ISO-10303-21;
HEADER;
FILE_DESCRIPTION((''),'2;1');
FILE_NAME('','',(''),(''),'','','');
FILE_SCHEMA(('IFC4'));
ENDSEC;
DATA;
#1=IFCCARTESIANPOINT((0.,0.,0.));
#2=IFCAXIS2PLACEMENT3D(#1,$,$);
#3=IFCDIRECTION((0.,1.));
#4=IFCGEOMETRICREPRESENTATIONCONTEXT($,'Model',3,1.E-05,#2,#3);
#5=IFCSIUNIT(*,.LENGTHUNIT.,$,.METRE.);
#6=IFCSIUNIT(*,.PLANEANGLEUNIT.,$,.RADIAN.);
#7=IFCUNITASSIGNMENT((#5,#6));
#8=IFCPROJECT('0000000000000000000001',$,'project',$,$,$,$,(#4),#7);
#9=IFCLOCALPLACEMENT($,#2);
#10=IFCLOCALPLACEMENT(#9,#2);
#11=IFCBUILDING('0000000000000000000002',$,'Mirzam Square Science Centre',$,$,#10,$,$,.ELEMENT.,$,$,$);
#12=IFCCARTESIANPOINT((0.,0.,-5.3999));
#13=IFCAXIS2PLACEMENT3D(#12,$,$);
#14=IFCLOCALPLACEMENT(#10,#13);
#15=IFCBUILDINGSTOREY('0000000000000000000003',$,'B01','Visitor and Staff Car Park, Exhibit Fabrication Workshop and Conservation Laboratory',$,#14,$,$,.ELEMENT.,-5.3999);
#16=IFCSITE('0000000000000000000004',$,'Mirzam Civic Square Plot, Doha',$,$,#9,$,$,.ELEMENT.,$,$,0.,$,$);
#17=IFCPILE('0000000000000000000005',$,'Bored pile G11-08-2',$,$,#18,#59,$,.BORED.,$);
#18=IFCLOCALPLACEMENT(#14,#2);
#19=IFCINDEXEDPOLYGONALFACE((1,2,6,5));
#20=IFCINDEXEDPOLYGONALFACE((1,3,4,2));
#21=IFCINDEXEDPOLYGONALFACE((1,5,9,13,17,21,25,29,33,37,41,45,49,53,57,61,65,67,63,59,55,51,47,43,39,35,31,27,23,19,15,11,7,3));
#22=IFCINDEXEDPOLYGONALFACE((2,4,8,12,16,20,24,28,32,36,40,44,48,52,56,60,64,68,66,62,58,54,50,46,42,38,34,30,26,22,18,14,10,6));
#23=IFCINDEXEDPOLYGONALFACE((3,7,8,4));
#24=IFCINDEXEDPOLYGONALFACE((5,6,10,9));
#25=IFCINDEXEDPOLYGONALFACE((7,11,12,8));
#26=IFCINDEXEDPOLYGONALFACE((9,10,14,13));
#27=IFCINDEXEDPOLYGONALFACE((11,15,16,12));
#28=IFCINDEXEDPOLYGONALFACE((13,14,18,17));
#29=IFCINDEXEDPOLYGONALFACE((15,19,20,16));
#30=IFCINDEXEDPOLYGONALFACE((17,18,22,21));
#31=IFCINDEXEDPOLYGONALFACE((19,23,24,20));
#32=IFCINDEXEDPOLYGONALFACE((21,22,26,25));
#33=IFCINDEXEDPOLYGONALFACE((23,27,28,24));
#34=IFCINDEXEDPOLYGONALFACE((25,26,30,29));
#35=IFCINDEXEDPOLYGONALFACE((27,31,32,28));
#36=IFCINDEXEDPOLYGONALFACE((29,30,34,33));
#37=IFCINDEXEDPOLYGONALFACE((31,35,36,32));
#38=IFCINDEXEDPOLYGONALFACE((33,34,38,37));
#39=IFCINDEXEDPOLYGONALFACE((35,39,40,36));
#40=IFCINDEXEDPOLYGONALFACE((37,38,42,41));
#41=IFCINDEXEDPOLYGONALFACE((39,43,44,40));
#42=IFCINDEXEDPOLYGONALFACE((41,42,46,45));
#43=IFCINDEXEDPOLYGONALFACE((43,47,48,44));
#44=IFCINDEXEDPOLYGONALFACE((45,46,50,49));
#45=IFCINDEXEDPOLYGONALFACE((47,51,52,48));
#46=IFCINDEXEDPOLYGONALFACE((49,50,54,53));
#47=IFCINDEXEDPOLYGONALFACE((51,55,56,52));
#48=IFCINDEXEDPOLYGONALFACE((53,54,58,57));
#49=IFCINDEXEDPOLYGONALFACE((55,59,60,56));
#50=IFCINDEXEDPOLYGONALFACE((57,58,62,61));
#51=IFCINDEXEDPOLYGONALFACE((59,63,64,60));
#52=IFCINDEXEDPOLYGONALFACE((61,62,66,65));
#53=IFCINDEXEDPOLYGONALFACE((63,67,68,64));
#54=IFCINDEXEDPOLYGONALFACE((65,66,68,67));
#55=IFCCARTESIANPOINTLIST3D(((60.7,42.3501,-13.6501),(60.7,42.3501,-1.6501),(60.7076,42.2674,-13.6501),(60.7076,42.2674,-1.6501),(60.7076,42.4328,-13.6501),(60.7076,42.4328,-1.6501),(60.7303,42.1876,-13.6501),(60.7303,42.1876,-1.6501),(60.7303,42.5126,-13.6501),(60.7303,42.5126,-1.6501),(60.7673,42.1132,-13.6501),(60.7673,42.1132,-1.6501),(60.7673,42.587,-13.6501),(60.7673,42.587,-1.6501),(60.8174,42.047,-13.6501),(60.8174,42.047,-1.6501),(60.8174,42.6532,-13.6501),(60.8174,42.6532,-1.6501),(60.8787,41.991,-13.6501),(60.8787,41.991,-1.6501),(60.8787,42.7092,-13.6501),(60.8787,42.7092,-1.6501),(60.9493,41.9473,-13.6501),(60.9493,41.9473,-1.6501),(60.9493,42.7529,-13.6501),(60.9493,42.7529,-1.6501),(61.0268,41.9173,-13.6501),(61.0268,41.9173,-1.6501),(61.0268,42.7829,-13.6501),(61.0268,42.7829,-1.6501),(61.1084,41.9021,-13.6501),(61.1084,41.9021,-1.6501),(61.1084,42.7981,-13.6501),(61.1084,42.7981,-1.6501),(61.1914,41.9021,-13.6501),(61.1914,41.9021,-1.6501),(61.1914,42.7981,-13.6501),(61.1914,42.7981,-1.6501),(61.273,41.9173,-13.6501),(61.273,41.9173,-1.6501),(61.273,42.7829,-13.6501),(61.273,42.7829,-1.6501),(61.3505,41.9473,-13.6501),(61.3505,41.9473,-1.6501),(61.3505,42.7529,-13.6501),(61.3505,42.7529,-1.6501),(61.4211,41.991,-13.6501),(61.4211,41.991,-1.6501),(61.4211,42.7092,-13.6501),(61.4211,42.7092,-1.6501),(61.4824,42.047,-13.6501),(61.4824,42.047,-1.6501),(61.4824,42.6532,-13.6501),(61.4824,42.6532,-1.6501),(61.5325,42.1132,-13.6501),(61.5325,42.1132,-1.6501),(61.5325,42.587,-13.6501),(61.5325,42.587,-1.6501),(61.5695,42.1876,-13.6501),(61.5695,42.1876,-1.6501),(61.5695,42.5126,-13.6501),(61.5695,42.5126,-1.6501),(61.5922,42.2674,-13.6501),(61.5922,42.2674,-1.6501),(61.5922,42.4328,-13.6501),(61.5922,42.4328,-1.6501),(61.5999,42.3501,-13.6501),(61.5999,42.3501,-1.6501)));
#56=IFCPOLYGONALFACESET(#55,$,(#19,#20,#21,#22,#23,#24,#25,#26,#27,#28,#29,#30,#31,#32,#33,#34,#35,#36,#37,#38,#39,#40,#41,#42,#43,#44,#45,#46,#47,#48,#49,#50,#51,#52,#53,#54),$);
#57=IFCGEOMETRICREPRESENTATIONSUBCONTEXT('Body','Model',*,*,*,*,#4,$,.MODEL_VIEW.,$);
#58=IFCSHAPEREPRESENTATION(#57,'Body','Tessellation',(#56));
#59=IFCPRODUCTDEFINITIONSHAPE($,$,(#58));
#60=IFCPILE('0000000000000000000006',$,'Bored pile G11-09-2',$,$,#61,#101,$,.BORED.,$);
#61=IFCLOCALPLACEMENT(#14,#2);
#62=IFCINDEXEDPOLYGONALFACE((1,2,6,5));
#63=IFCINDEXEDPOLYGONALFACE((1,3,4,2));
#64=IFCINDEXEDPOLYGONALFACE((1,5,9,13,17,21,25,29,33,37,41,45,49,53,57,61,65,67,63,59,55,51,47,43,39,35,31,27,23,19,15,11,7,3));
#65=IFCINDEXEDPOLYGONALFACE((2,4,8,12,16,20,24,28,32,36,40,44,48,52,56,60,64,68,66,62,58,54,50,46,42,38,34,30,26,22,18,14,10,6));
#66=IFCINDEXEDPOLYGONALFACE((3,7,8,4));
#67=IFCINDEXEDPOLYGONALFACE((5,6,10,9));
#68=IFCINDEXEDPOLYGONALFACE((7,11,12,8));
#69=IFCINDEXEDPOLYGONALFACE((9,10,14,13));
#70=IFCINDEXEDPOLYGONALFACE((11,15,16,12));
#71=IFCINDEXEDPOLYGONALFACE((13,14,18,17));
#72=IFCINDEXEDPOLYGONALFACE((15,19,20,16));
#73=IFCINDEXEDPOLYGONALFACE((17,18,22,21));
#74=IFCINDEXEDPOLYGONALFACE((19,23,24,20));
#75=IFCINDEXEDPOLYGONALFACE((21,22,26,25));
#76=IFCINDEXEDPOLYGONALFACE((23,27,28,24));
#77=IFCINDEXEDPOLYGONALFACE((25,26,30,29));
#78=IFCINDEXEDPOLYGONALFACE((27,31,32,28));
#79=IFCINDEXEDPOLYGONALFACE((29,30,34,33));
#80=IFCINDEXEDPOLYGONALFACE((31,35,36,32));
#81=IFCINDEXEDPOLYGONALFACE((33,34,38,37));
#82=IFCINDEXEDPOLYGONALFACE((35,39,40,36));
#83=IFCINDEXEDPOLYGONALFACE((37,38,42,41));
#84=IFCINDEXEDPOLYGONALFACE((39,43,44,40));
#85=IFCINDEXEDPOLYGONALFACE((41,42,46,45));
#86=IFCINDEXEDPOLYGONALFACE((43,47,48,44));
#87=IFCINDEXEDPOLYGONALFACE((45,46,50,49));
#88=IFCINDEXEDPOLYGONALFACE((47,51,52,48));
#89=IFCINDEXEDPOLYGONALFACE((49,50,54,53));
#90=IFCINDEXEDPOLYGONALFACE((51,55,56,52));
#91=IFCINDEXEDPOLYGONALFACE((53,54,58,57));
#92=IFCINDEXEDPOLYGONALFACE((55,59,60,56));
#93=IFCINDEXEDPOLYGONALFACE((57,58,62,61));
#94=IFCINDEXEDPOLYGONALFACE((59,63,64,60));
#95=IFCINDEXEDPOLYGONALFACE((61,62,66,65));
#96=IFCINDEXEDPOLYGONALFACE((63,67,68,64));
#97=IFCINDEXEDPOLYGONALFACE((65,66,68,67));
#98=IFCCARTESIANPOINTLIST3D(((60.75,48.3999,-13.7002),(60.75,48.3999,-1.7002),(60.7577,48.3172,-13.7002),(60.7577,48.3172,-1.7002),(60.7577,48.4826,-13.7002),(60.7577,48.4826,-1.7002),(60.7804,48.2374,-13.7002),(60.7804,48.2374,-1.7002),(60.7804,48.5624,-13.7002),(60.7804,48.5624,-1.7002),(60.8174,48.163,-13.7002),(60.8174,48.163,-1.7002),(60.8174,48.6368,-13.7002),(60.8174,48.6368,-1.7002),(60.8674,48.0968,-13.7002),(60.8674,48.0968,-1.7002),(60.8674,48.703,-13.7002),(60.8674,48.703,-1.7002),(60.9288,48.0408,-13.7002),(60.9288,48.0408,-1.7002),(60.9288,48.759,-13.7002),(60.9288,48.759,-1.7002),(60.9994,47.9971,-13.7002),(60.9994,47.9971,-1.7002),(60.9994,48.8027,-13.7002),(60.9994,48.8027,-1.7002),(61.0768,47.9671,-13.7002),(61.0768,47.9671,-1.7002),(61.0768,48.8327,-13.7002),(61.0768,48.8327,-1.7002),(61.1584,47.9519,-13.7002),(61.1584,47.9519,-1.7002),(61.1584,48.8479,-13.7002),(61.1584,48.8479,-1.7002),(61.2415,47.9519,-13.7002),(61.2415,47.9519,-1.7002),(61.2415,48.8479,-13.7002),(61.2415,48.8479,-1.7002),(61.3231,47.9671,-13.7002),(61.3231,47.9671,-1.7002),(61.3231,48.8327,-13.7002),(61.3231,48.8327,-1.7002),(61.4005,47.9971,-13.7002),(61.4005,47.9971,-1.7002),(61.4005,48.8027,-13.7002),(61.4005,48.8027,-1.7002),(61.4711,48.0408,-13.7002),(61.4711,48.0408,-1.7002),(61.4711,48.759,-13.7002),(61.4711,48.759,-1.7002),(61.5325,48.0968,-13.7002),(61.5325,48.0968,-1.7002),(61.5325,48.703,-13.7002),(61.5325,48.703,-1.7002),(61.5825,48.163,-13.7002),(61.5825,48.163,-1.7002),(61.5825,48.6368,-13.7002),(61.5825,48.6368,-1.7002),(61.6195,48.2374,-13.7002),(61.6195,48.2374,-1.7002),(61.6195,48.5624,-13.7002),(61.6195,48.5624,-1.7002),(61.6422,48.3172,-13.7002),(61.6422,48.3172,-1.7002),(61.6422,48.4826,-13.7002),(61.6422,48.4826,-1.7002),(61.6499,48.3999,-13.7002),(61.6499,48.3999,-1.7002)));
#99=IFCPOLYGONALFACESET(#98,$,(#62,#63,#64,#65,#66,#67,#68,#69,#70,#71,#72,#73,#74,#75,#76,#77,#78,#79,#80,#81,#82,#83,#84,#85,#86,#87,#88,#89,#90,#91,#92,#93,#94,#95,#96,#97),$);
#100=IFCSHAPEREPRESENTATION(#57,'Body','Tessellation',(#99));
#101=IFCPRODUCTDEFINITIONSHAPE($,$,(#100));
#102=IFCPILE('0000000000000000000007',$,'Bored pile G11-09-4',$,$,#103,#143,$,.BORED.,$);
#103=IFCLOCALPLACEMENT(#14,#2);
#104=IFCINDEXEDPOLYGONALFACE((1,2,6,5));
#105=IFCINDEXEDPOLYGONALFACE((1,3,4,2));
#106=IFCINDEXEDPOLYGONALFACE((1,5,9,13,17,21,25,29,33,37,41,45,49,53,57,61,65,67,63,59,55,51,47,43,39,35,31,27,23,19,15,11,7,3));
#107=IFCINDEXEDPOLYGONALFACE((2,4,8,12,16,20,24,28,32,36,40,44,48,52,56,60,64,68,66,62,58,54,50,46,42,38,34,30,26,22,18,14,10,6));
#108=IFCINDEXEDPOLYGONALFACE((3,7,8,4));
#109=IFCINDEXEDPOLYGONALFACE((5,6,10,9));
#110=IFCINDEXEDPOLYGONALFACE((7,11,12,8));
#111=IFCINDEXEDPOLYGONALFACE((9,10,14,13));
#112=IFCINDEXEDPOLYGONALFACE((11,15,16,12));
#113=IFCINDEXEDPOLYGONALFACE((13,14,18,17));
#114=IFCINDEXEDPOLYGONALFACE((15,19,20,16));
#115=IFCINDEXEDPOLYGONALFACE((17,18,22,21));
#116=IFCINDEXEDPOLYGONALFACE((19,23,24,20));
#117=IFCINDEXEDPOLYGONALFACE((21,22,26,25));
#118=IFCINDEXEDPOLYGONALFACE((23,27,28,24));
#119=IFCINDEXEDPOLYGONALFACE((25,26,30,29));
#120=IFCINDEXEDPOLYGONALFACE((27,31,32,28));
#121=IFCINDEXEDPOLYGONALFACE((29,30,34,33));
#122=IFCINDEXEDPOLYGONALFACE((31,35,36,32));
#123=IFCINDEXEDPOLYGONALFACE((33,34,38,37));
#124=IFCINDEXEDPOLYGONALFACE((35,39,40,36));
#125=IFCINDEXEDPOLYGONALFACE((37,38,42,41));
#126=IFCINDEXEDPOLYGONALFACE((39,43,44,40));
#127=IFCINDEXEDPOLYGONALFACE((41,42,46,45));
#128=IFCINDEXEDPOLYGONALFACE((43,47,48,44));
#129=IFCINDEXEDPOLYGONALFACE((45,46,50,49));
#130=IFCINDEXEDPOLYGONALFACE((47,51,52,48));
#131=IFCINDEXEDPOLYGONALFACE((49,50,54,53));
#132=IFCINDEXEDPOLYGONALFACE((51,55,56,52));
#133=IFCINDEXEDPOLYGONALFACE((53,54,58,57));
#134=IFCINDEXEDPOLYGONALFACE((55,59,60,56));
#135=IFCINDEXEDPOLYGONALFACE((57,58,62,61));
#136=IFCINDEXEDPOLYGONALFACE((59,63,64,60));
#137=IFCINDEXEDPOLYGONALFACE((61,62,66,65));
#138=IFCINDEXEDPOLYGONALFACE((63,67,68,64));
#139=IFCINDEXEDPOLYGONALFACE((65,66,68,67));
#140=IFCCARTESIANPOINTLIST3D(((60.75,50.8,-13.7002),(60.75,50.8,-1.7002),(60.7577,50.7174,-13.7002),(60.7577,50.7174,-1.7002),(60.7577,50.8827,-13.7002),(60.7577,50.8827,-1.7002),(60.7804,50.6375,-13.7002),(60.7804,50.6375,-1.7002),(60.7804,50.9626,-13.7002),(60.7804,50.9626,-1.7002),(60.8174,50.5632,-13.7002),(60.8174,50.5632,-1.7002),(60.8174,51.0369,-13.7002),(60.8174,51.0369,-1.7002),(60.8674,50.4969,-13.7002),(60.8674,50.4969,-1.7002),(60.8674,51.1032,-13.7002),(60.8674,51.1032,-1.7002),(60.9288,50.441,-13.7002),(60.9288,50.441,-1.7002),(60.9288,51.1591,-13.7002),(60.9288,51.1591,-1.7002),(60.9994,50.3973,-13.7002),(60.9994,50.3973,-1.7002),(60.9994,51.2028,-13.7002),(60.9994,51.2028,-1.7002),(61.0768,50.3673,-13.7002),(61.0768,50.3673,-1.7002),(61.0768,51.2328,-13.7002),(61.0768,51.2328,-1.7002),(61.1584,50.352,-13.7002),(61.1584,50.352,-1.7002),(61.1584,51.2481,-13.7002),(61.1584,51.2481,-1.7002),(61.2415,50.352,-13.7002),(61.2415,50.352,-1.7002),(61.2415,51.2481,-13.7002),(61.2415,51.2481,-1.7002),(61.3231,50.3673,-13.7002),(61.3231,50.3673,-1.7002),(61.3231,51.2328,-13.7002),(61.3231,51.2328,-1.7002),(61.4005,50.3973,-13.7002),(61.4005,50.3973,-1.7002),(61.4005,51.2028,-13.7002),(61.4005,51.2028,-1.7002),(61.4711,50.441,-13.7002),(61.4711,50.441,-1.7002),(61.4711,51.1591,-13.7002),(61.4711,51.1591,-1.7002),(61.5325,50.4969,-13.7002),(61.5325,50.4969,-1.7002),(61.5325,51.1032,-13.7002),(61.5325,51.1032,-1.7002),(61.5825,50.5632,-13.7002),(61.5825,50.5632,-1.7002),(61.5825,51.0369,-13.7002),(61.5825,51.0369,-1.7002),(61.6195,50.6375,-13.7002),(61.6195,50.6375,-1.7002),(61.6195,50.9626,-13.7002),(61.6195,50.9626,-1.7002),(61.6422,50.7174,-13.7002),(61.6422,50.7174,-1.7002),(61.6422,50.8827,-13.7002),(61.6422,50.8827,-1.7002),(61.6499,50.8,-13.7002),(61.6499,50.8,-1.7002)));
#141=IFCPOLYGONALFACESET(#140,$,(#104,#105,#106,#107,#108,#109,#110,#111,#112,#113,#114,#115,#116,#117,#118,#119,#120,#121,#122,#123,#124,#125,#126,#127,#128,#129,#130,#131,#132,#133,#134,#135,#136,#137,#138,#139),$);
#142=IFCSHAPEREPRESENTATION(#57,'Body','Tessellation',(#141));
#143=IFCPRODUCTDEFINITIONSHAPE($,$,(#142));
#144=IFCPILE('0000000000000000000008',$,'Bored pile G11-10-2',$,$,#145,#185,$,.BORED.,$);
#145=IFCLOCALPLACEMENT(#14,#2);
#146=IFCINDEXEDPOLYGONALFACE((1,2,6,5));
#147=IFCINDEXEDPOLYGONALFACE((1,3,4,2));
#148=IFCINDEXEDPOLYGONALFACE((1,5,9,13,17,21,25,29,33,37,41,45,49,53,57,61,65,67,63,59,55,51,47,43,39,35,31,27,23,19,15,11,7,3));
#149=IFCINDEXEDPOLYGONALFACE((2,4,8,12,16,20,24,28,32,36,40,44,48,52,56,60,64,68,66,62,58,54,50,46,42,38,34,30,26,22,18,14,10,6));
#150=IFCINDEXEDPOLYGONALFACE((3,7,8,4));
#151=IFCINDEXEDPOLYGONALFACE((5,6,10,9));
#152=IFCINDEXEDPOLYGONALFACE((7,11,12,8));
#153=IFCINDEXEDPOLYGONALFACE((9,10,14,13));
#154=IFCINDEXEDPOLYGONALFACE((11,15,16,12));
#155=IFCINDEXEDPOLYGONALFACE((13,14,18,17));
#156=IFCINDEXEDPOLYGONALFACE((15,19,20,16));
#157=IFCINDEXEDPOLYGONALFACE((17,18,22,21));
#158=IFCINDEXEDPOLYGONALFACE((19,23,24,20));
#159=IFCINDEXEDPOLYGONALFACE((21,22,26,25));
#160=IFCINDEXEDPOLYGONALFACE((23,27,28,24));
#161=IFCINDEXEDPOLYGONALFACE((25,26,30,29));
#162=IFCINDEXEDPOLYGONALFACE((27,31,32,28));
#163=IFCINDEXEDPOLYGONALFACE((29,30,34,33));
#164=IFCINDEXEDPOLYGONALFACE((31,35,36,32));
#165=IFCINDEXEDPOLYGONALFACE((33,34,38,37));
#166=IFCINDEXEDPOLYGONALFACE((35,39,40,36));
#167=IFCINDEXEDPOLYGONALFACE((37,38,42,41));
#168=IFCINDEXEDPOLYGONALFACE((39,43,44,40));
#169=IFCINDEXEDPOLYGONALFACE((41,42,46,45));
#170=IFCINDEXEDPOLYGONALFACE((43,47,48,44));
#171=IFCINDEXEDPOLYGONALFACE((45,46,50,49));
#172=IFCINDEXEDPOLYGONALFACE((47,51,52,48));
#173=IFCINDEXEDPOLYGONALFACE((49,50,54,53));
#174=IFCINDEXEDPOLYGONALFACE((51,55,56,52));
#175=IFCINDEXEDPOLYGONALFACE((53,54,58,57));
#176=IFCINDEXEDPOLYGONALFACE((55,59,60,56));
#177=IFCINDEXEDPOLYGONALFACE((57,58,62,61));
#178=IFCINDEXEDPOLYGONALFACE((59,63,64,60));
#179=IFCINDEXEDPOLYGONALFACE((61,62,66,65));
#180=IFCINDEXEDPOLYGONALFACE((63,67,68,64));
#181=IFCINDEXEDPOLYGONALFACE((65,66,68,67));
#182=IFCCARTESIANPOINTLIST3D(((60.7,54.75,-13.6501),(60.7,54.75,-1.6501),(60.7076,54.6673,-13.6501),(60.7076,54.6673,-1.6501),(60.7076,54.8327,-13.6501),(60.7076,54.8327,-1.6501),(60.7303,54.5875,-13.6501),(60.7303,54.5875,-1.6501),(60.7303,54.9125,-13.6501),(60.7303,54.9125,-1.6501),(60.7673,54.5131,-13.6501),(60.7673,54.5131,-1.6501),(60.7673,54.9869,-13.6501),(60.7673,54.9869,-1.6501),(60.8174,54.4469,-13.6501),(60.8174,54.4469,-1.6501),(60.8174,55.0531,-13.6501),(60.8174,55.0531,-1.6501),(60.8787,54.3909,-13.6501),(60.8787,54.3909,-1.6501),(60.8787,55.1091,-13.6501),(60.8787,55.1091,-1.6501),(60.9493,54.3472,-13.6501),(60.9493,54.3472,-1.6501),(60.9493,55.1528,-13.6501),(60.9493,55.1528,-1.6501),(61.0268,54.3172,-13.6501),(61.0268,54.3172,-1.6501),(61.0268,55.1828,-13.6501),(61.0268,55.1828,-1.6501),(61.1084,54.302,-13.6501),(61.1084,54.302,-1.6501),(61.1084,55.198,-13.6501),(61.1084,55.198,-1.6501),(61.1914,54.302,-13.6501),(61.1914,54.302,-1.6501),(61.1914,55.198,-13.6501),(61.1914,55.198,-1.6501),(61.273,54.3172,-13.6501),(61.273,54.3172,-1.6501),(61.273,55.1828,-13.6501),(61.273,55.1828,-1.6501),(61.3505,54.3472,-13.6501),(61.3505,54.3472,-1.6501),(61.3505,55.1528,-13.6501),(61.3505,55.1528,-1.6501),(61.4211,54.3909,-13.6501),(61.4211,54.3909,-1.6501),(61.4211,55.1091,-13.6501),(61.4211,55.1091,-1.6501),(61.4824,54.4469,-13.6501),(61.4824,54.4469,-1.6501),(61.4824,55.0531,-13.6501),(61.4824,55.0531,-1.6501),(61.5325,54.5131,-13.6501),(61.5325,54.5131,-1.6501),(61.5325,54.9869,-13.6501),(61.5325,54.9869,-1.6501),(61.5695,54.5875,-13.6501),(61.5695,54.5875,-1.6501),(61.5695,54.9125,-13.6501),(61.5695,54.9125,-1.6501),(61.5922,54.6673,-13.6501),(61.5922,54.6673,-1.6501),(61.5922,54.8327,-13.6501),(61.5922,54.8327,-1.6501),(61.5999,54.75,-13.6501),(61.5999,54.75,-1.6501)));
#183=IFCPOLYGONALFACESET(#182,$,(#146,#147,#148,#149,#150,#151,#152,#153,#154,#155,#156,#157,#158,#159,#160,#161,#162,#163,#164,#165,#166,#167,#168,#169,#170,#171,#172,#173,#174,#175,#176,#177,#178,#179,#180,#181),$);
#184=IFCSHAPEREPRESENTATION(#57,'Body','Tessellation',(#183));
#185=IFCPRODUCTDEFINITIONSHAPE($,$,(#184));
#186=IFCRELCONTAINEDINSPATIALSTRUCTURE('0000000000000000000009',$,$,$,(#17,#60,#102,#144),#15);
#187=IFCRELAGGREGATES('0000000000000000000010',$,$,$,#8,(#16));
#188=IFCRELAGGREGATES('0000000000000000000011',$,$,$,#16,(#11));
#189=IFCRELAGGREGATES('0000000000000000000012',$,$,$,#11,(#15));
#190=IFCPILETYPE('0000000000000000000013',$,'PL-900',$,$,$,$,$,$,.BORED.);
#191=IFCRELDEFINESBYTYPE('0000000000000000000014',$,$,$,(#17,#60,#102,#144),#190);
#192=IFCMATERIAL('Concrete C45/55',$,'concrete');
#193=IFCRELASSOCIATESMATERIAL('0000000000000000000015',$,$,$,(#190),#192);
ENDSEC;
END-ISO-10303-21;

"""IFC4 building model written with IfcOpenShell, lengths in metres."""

from ifc_helpers import new_model, si_unit, direction, frame, origin, origin_2d, place, context, subcontext, project, spatial, circle, extrude, material, material_profile, profile_set, type_object, element, save


model = new_model("IFC4")

# Units and contexts
model_context = context("Model", 3, precision=1e-05, world=origin(), true_north=direction((0.0, 1.0)))
body_context = subcontext(model_context, "Body", "Model", "MODEL_VIEW")
ifc_project = project(units=[si_unit("LENGTHUNIT", "METRE"), si_unit("PLANEANGLEUNIT", "RADIAN")], contexts=[model_context])

# Site, building, storey
site_placement = place(None, origin())
site = spatial("IfcSite", under=ifc_project, at=site_placement, Name="Mirzam Civic Square Plot, Doha", CompositionType="ELEMENT", RefElevation=0.0)
building_placement = place(site_placement, origin())
building = spatial("IfcBuilding", under=site, at=building_placement, Name="Mirzam Square Science Centre", CompositionType="ELEMENT")
storey_placement = place(building_placement, frame((0.0, 0.0, -5.3999)))
storey = spatial("IfcBuildingStorey", under=building, at=storey_placement, Name="B01", Description="Visitor and Staff Car Park, Exhibit Fabrication Workshop and Conservation Laboratory", CompositionType="ELEMENT", Elevation=-5.3999)

# Shared definitions
ifc_material_1 = material(Name="Concrete C45/55", Category="concrete")

# Piles
ifc_material_profile_1 = material_profile(ifc_material_1, circle(Radius=0.45, at=origin_2d()), Name="PILE-D900")
ifc_profile_set_1 = profile_set([ifc_material_profile_1], Name="Concrete C45/55")
pile_type_1 = type_object("IfcPileType", Name="PL-900", PredefinedType="BORED", material=ifc_profile_set_1)
for number, where, z_axis, x_axis, name in (
    (1, (61.1499, 42.3501, -1.6501), (0.0, 0.0, -1.0), (1.0, 0.0, 0.0), "Bored pile G11-08-2"),
    (2, (61.2, 48.3999, -1.7002), (0.0, 0.0, -1.0), (1.0, 0.0, 0.0), "Bored pile G11-09-2"),
    (3, (61.2, 50.8, -1.7002), (0.0, 0.0, -1.0), (1.0, 0.0, 0.0), "Bored pile G11-09-4"),
    (4, (61.1499, 54.75, -1.6501), (0.0, 0.0, -1.0), (1.0, 0.0, 0.0), "Bored pile G11-10-2"),
):
    element("IfcPile", number, at=place(storey_placement, frame(where, z_axis=z_axis, x_axis=x_axis)), inside=storey, type_object=pile_type_1, Name=name, PredefinedType="BORED", context=body_context, shape_type="SweptSolid", body=[
        extrude(circle(Radius=0.45, at=origin_2d()), origin(), (0.0, 0.0, 1.0), 12.0),
    ])

save(model, "model.ifc")
